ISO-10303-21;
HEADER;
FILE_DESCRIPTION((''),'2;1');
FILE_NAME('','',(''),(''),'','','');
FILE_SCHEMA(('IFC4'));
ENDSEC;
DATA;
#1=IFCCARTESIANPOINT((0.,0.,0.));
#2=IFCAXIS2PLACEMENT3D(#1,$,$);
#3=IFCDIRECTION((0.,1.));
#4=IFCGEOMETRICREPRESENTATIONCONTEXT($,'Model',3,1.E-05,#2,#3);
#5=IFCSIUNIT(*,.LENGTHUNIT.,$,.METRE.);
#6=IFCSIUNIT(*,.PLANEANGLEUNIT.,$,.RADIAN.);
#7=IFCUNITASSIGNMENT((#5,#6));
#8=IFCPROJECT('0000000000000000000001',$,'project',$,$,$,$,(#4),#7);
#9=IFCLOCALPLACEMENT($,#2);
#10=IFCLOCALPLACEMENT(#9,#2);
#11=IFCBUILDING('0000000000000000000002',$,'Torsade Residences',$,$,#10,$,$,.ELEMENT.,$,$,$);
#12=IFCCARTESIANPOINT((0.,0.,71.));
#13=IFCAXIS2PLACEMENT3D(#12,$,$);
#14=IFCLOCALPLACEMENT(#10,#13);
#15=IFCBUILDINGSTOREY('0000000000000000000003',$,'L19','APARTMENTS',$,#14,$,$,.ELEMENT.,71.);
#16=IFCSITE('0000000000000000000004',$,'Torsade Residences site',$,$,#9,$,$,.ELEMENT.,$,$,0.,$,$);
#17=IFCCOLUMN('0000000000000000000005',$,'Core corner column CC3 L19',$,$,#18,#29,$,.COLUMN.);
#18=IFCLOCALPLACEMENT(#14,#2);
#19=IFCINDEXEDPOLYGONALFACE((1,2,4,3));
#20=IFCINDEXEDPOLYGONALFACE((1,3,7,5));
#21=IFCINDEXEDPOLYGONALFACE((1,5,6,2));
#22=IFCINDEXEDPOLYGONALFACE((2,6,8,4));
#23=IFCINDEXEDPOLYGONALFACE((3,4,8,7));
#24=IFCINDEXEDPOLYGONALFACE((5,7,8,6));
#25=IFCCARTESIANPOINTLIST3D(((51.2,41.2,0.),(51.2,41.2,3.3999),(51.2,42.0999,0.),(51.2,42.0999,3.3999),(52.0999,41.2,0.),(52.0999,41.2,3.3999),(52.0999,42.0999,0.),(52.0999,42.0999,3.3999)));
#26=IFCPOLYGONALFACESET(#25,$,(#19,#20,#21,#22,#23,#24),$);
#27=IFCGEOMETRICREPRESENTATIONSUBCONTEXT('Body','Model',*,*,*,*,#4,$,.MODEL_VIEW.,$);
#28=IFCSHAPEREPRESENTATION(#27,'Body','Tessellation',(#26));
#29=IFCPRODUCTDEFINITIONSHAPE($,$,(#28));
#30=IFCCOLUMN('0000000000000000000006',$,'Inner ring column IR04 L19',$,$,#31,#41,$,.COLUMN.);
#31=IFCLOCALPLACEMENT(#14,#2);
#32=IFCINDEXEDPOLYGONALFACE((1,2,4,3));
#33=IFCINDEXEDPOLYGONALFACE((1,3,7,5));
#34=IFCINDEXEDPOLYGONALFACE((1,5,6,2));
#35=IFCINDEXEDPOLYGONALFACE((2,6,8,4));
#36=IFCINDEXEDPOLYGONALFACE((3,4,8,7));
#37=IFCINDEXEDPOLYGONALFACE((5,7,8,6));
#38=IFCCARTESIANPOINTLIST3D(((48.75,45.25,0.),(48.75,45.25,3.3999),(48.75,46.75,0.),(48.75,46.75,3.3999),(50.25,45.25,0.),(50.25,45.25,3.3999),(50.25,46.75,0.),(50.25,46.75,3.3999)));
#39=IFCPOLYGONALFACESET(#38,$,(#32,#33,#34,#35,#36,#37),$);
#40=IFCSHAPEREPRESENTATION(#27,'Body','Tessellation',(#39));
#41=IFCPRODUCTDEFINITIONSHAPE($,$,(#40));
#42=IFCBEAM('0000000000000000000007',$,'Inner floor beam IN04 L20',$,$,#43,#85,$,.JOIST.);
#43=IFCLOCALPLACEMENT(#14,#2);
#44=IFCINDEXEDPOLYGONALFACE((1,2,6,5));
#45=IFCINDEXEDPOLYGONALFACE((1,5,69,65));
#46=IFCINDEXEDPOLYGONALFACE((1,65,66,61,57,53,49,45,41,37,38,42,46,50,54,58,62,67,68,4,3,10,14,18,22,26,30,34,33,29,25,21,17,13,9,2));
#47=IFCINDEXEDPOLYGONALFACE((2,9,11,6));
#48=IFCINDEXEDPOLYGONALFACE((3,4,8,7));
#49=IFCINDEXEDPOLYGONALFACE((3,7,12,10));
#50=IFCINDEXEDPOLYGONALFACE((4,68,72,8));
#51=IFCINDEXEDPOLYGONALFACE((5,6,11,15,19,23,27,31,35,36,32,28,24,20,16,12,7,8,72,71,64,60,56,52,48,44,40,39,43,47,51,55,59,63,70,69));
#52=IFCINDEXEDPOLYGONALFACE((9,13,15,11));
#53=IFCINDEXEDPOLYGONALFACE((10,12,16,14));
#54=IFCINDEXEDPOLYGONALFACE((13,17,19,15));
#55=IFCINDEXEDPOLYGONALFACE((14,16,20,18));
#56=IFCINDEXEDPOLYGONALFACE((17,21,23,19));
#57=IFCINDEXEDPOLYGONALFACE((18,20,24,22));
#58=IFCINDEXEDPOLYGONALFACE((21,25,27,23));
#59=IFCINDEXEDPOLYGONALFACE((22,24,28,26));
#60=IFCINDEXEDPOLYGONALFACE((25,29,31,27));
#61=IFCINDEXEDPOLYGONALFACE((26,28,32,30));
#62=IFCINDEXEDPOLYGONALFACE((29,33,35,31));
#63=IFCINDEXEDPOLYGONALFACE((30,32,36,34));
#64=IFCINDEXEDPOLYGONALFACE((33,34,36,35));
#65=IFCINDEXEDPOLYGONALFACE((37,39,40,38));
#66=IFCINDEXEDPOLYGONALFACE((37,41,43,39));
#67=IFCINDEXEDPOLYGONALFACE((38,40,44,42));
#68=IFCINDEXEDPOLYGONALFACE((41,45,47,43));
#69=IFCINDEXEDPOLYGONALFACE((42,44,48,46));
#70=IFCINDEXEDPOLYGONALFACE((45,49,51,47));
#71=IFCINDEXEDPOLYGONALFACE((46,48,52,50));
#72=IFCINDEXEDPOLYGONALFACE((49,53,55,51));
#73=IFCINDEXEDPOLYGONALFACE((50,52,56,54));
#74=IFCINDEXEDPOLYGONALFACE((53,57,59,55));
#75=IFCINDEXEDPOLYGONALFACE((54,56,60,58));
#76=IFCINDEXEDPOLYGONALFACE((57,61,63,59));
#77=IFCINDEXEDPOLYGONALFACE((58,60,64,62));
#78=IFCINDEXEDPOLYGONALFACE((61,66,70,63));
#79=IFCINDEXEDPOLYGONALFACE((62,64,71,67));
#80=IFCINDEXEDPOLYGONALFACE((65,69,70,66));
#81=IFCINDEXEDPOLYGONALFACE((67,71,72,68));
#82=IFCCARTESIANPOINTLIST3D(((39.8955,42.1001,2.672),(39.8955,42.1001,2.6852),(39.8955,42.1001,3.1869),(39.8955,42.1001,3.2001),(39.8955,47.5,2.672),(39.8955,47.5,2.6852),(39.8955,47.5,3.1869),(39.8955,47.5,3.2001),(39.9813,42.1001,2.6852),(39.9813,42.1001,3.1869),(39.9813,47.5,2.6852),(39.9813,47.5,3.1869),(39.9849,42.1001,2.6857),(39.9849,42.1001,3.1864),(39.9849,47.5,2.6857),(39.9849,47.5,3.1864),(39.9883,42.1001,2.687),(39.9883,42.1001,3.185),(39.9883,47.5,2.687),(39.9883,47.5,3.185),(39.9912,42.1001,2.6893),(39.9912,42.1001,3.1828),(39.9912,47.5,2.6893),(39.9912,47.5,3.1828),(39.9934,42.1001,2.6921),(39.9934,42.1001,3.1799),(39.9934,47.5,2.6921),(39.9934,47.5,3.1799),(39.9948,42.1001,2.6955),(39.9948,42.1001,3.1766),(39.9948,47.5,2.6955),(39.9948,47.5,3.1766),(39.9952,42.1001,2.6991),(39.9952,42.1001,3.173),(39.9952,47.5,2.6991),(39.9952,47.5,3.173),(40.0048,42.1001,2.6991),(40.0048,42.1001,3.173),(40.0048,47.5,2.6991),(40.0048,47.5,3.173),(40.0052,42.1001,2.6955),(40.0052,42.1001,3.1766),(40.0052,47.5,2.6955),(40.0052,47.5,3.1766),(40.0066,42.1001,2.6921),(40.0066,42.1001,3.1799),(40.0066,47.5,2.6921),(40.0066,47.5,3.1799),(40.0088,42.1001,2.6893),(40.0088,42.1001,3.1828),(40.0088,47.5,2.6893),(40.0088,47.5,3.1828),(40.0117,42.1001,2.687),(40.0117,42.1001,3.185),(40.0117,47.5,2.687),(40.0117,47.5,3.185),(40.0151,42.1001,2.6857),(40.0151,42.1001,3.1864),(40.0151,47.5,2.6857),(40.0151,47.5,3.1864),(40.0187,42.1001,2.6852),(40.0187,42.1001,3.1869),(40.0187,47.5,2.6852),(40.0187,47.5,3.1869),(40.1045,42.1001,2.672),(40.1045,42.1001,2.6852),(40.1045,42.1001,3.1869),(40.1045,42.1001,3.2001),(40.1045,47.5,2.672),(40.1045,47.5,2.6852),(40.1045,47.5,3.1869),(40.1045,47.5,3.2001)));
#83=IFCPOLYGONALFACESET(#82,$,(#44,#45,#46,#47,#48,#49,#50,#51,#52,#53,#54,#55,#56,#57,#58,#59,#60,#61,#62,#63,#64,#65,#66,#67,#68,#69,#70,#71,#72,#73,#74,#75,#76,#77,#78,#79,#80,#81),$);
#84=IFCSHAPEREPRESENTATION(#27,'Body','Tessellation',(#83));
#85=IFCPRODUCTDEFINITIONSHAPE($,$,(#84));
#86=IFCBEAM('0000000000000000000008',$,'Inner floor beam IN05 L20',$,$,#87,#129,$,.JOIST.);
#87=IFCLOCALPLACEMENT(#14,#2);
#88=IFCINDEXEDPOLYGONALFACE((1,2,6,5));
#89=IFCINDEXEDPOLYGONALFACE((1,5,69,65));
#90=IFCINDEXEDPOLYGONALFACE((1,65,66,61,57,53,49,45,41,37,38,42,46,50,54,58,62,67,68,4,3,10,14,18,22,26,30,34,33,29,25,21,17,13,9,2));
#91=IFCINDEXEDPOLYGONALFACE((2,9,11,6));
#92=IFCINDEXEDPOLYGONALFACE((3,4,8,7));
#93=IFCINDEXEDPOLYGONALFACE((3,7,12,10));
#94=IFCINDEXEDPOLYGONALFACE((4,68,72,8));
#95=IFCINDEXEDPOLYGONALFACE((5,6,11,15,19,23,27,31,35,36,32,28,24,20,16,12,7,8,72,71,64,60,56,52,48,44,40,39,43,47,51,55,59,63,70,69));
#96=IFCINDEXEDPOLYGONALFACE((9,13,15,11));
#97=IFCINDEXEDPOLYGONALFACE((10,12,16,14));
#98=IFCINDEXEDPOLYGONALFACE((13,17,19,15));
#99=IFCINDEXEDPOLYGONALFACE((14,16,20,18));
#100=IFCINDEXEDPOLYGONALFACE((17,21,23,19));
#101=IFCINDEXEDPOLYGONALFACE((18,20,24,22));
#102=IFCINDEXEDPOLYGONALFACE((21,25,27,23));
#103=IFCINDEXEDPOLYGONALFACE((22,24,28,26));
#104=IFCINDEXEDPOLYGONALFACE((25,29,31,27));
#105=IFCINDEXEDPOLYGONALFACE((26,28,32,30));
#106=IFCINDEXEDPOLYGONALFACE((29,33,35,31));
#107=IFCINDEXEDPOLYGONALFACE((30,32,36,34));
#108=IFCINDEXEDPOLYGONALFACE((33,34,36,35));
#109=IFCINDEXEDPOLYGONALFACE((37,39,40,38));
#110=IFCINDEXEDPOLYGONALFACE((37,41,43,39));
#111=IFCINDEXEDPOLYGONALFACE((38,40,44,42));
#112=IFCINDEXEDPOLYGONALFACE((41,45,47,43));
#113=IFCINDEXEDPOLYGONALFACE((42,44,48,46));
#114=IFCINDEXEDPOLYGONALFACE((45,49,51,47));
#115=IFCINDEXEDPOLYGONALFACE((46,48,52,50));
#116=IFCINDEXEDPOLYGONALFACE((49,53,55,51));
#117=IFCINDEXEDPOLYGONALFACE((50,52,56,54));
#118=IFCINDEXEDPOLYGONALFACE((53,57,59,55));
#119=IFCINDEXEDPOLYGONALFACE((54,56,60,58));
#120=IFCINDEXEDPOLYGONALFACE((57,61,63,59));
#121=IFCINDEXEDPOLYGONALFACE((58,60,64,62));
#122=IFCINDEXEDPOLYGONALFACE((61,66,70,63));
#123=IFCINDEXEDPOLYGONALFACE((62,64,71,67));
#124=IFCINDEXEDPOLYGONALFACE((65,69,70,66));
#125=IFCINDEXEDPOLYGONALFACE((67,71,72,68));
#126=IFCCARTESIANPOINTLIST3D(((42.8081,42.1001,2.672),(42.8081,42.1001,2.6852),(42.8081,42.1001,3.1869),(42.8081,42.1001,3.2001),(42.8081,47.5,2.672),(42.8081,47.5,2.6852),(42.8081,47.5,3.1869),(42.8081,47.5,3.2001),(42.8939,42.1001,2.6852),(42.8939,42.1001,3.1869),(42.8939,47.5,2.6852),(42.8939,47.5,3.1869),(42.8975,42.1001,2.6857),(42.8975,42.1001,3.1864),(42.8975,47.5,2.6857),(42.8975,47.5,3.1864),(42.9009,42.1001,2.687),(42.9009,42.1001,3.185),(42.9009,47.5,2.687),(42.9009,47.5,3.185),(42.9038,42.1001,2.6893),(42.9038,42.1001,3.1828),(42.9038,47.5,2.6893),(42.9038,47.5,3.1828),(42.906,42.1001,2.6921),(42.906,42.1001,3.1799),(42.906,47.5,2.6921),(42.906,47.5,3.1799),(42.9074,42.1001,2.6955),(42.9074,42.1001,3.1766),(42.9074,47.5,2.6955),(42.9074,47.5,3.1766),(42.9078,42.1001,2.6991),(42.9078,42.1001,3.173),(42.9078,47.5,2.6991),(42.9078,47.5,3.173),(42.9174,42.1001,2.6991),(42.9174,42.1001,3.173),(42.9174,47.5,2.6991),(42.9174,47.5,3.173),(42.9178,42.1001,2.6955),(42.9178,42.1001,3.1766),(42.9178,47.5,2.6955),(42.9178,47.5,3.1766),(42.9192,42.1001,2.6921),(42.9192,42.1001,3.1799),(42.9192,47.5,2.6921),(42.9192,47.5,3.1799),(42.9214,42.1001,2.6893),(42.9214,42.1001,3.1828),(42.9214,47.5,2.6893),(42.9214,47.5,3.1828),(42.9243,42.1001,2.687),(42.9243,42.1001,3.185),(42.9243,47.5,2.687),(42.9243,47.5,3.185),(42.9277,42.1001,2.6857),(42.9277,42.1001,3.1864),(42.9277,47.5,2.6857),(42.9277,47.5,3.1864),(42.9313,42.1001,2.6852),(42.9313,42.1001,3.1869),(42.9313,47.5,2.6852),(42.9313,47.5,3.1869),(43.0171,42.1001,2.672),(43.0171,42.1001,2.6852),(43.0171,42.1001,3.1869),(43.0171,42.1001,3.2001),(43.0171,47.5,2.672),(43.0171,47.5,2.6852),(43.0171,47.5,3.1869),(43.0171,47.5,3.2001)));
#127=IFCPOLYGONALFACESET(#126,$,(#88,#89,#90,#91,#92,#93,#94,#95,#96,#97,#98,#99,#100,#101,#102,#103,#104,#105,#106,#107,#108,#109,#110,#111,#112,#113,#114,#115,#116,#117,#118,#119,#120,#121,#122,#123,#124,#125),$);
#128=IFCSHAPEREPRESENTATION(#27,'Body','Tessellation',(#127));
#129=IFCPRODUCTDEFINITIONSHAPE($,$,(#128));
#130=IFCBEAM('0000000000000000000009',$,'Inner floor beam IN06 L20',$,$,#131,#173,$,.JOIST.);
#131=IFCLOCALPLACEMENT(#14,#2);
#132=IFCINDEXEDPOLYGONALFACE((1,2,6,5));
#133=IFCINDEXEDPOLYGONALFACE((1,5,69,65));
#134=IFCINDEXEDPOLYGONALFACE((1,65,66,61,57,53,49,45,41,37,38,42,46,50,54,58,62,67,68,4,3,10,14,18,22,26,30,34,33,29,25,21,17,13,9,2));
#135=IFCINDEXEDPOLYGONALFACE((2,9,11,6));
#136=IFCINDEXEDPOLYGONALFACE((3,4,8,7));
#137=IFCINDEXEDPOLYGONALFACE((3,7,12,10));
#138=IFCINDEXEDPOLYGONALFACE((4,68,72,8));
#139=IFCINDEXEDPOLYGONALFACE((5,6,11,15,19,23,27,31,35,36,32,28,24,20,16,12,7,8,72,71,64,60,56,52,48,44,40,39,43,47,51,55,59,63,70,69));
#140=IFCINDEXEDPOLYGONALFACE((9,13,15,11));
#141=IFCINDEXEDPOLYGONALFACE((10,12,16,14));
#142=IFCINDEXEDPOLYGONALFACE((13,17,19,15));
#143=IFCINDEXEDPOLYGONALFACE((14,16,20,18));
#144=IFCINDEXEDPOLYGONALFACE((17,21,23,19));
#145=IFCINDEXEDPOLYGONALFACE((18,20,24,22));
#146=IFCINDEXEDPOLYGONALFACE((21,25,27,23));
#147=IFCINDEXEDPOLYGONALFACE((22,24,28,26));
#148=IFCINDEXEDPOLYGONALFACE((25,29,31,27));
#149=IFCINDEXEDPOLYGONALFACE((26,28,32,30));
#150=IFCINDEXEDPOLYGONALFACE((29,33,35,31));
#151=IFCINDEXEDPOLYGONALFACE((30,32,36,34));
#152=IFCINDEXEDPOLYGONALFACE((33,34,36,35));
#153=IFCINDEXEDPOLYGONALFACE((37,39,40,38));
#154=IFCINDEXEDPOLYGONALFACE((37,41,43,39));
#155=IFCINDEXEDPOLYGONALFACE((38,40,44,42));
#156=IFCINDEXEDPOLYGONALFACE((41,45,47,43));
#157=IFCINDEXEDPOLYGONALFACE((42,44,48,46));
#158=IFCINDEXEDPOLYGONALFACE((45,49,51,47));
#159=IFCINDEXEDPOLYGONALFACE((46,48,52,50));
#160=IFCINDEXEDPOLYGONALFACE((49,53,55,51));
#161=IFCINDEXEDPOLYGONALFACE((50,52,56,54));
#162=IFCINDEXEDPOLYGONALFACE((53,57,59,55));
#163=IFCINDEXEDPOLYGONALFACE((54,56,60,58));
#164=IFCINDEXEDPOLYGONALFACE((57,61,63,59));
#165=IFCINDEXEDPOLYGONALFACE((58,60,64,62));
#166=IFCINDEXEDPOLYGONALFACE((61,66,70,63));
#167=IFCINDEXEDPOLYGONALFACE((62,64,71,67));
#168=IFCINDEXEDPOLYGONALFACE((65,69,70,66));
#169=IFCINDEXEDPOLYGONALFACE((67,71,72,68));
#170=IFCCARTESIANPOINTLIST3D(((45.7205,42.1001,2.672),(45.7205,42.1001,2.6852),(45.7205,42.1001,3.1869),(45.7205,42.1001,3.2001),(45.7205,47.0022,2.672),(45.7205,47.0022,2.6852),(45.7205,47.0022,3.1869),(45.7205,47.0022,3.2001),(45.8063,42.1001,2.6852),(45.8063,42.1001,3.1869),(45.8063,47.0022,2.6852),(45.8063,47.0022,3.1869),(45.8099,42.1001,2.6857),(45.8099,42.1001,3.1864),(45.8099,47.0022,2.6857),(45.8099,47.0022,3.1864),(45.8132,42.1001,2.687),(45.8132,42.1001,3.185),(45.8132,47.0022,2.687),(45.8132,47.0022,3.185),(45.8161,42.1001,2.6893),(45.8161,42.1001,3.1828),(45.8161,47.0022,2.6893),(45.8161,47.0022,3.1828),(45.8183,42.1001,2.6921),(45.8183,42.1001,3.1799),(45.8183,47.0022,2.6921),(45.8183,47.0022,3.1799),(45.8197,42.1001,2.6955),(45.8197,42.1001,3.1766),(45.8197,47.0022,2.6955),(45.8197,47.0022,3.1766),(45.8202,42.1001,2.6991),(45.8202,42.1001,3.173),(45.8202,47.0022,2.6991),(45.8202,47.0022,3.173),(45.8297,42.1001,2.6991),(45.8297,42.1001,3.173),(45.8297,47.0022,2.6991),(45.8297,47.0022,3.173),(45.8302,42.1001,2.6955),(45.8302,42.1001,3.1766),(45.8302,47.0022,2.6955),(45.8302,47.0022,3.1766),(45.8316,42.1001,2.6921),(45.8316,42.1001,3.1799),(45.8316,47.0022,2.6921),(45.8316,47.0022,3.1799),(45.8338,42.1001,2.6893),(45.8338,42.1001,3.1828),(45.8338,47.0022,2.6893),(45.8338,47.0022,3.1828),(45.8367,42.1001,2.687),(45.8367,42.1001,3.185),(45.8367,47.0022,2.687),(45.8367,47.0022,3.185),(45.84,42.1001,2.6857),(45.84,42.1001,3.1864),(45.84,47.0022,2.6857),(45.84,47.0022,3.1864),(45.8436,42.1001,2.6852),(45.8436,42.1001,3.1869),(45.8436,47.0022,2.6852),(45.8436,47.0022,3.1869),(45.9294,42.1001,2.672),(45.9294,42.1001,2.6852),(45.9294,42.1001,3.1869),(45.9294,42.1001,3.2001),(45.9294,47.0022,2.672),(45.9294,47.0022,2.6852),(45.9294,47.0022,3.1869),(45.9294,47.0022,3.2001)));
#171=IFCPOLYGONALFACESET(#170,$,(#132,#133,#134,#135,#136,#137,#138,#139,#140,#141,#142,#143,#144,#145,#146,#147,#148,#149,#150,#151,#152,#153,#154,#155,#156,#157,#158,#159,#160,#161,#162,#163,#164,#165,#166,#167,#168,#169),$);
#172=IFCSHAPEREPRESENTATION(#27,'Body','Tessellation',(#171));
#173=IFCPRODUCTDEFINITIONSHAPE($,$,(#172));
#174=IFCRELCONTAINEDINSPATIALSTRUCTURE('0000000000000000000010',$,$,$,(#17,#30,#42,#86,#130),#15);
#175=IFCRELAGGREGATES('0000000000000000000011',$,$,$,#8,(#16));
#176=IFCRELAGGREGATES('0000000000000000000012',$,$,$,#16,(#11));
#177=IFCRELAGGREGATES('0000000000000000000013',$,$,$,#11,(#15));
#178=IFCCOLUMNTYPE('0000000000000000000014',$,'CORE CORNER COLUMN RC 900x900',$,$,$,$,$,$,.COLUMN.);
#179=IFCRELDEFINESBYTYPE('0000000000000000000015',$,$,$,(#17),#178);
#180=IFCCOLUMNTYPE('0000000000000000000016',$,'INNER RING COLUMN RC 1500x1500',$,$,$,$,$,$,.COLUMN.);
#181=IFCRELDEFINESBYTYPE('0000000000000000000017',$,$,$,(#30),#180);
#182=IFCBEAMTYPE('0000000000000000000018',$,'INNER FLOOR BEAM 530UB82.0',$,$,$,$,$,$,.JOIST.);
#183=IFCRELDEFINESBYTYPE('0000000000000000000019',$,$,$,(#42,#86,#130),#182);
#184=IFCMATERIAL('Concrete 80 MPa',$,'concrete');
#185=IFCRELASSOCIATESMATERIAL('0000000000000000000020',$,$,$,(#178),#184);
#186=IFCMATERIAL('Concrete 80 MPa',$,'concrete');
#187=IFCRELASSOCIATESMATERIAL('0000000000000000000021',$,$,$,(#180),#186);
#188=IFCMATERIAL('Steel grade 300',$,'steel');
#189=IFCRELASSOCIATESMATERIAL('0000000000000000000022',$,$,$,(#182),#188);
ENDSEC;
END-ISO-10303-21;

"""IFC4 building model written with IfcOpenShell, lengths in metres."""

from ifc_helpers import new_model, si_unit, direction, frame, origin, origin_2d, place, context, subcontext, project, spatial, rectangle, i_section, extrude, material, material_profile, profile_set, type_object, element, save


model = new_model("IFC4")

# Units and contexts
model_context = context("Model", 3, precision=1e-05, world=origin(), true_north=direction((0.0, 1.0)))
body_context = subcontext(model_context, "Body", "Model", "MODEL_VIEW")
ifc_project = project(units=[si_unit("LENGTHUNIT", "METRE"), si_unit("PLANEANGLEUNIT", "RADIAN")], contexts=[model_context])

# Site, building, storey
site_placement = place(None, origin())
site = spatial("IfcSite", under=ifc_project, at=site_placement, Name="Torsade Residences site", CompositionType="ELEMENT", RefElevation=0.0)
building_placement = place(site_placement, origin())
building = spatial("IfcBuilding", under=site, at=building_placement, Name="Torsade Residences", CompositionType="ELEMENT")
storey_placement = place(building_placement, frame((0.0, 0.0, 71.0)))
storey = spatial("IfcBuildingStorey", under=building, at=storey_placement, Name="L19", Description="APARTMENTS", CompositionType="ELEMENT", Elevation=71.0)

# Columns
ifc_material_1 = material(Name="Concrete 80 MPa", Category="concrete")
ifc_material_profile_1 = material_profile(ifc_material_1, rectangle(XDim=0.8999, YDim=0.8999, at=origin_2d()), Name="RC 900x900")
ifc_profile_set_1 = profile_set([ifc_material_profile_1], Name="Concrete 80 MPa")
column_type_1 = type_object("IfcColumnType", Name="CORE CORNER COLUMN RC 900x900", PredefinedType="COLUMN", material=ifc_profile_set_1)
column_1_placement = place(storey_placement, frame((51.6499, 41.6499, 0.0), z_axis=(0.0, 0.0, 1.0), x_axis=(1.0, 0.0, 0.0)))
element("IfcColumn", 1, at=column_1_placement, inside=storey, type_object=column_type_1, Name="Core corner column CC3 L19", PredefinedType="COLUMN", context=body_context, shape_type="SweptSolid", body=[
    extrude(rectangle(XDim=0.8999, YDim=0.8999, at=origin_2d()), origin(), (0.0, 0.0, 1.0), 3.3999),
])
ifc_material_2 = material(Name="Concrete 80 MPa", Category="concrete")
ifc_material_profile_2 = material_profile(ifc_material_2, rectangle(XDim=1.5, YDim=1.5, at=origin_2d()), Name="RC 1500x1500")
ifc_profile_set_2 = profile_set([ifc_material_profile_2], Name="Concrete 80 MPa")
column_type_2 = type_object("IfcColumnType", Name="INNER RING COLUMN RC 1500x1500", PredefinedType="COLUMN", material=ifc_profile_set_2)
column_2_placement = place(storey_placement, frame((49.5, 46.0, 0.0), z_axis=(0.0, 0.0, 1.0), x_axis=(1.0, 0.0, 0.0)))
element("IfcColumn", 2, at=column_2_placement, inside=storey, type_object=column_type_2, Name="Inner ring column IR04 L19", PredefinedType="COLUMN", context=body_context, shape_type="SweptSolid", body=[
    extrude(rectangle(XDim=1.5, YDim=1.5, at=origin_2d()), origin(), (0.0, 0.0, 1.0), 3.3999),
])

# Beams
ifc_material_3 = material(Name="Steel grade 300", Category="steel")
ifc_material_profile_3 = material_profile(ifc_material_3, i_section(OverallWidth=0.209, OverallDepth=0.5281, WebThickness=0.0095, FlangeThickness=0.0132, FilletRadius=0.0139, at=origin_2d()), Name="530UB82.0")
ifc_profile_set_3 = profile_set([ifc_material_profile_3], Name="Steel grade 300")
beam_type = type_object("IfcBeamType", Name="INNER FLOOR BEAM 530UB82.0", PredefinedType="JOIST", material=ifc_profile_set_3)
for number, where, z_axis, x_axis, name in (
    (3, (40.0, 42.1001, 2.936), (0.0, 1.0, 0.0), (-1.0, 0.0, 0.0), "Inner floor beam IN04 L20"),
    (4, (42.9126, 42.1001, 2.936), (0.0, 1.0, 0.0), (-1.0, 0.0, 0.0), "Inner floor beam IN05 L20"),
):
    element("IfcBeam", number, at=place(storey_placement, frame(where, z_axis=z_axis, x_axis=x_axis)), inside=storey, type_object=beam_type, Name=name, PredefinedType="JOIST", context=body_context, shape_type="SweptSolid", body=[
        extrude(i_section(OverallWidth=0.209, OverallDepth=0.5281, WebThickness=0.0095, FlangeThickness=0.0132, FilletRadius=0.0139, at=origin_2d()), origin(), (0.0, 0.0, 1.0), 5.3999),
    ])
beam_1_placement = place(storey_placement, frame((45.825, 42.1001, 2.936), z_axis=(0.0, 1.0, 0.0), x_axis=(-1.0, 0.0, 0.0)))
element("IfcBeam", 5, at=beam_1_placement, inside=storey, type_object=beam_type, Name="Inner floor beam IN06 L20", PredefinedType="JOIST", context=body_context, shape_type="SweptSolid", body=[
    extrude(i_section(OverallWidth=0.209, OverallDepth=0.5281, WebThickness=0.0095, FlangeThickness=0.0132, FilletRadius=0.0139, at=origin_2d()), origin(), (0.0, 0.0, 1.0), 4.9021),
])

save(model, "model.ifc")
